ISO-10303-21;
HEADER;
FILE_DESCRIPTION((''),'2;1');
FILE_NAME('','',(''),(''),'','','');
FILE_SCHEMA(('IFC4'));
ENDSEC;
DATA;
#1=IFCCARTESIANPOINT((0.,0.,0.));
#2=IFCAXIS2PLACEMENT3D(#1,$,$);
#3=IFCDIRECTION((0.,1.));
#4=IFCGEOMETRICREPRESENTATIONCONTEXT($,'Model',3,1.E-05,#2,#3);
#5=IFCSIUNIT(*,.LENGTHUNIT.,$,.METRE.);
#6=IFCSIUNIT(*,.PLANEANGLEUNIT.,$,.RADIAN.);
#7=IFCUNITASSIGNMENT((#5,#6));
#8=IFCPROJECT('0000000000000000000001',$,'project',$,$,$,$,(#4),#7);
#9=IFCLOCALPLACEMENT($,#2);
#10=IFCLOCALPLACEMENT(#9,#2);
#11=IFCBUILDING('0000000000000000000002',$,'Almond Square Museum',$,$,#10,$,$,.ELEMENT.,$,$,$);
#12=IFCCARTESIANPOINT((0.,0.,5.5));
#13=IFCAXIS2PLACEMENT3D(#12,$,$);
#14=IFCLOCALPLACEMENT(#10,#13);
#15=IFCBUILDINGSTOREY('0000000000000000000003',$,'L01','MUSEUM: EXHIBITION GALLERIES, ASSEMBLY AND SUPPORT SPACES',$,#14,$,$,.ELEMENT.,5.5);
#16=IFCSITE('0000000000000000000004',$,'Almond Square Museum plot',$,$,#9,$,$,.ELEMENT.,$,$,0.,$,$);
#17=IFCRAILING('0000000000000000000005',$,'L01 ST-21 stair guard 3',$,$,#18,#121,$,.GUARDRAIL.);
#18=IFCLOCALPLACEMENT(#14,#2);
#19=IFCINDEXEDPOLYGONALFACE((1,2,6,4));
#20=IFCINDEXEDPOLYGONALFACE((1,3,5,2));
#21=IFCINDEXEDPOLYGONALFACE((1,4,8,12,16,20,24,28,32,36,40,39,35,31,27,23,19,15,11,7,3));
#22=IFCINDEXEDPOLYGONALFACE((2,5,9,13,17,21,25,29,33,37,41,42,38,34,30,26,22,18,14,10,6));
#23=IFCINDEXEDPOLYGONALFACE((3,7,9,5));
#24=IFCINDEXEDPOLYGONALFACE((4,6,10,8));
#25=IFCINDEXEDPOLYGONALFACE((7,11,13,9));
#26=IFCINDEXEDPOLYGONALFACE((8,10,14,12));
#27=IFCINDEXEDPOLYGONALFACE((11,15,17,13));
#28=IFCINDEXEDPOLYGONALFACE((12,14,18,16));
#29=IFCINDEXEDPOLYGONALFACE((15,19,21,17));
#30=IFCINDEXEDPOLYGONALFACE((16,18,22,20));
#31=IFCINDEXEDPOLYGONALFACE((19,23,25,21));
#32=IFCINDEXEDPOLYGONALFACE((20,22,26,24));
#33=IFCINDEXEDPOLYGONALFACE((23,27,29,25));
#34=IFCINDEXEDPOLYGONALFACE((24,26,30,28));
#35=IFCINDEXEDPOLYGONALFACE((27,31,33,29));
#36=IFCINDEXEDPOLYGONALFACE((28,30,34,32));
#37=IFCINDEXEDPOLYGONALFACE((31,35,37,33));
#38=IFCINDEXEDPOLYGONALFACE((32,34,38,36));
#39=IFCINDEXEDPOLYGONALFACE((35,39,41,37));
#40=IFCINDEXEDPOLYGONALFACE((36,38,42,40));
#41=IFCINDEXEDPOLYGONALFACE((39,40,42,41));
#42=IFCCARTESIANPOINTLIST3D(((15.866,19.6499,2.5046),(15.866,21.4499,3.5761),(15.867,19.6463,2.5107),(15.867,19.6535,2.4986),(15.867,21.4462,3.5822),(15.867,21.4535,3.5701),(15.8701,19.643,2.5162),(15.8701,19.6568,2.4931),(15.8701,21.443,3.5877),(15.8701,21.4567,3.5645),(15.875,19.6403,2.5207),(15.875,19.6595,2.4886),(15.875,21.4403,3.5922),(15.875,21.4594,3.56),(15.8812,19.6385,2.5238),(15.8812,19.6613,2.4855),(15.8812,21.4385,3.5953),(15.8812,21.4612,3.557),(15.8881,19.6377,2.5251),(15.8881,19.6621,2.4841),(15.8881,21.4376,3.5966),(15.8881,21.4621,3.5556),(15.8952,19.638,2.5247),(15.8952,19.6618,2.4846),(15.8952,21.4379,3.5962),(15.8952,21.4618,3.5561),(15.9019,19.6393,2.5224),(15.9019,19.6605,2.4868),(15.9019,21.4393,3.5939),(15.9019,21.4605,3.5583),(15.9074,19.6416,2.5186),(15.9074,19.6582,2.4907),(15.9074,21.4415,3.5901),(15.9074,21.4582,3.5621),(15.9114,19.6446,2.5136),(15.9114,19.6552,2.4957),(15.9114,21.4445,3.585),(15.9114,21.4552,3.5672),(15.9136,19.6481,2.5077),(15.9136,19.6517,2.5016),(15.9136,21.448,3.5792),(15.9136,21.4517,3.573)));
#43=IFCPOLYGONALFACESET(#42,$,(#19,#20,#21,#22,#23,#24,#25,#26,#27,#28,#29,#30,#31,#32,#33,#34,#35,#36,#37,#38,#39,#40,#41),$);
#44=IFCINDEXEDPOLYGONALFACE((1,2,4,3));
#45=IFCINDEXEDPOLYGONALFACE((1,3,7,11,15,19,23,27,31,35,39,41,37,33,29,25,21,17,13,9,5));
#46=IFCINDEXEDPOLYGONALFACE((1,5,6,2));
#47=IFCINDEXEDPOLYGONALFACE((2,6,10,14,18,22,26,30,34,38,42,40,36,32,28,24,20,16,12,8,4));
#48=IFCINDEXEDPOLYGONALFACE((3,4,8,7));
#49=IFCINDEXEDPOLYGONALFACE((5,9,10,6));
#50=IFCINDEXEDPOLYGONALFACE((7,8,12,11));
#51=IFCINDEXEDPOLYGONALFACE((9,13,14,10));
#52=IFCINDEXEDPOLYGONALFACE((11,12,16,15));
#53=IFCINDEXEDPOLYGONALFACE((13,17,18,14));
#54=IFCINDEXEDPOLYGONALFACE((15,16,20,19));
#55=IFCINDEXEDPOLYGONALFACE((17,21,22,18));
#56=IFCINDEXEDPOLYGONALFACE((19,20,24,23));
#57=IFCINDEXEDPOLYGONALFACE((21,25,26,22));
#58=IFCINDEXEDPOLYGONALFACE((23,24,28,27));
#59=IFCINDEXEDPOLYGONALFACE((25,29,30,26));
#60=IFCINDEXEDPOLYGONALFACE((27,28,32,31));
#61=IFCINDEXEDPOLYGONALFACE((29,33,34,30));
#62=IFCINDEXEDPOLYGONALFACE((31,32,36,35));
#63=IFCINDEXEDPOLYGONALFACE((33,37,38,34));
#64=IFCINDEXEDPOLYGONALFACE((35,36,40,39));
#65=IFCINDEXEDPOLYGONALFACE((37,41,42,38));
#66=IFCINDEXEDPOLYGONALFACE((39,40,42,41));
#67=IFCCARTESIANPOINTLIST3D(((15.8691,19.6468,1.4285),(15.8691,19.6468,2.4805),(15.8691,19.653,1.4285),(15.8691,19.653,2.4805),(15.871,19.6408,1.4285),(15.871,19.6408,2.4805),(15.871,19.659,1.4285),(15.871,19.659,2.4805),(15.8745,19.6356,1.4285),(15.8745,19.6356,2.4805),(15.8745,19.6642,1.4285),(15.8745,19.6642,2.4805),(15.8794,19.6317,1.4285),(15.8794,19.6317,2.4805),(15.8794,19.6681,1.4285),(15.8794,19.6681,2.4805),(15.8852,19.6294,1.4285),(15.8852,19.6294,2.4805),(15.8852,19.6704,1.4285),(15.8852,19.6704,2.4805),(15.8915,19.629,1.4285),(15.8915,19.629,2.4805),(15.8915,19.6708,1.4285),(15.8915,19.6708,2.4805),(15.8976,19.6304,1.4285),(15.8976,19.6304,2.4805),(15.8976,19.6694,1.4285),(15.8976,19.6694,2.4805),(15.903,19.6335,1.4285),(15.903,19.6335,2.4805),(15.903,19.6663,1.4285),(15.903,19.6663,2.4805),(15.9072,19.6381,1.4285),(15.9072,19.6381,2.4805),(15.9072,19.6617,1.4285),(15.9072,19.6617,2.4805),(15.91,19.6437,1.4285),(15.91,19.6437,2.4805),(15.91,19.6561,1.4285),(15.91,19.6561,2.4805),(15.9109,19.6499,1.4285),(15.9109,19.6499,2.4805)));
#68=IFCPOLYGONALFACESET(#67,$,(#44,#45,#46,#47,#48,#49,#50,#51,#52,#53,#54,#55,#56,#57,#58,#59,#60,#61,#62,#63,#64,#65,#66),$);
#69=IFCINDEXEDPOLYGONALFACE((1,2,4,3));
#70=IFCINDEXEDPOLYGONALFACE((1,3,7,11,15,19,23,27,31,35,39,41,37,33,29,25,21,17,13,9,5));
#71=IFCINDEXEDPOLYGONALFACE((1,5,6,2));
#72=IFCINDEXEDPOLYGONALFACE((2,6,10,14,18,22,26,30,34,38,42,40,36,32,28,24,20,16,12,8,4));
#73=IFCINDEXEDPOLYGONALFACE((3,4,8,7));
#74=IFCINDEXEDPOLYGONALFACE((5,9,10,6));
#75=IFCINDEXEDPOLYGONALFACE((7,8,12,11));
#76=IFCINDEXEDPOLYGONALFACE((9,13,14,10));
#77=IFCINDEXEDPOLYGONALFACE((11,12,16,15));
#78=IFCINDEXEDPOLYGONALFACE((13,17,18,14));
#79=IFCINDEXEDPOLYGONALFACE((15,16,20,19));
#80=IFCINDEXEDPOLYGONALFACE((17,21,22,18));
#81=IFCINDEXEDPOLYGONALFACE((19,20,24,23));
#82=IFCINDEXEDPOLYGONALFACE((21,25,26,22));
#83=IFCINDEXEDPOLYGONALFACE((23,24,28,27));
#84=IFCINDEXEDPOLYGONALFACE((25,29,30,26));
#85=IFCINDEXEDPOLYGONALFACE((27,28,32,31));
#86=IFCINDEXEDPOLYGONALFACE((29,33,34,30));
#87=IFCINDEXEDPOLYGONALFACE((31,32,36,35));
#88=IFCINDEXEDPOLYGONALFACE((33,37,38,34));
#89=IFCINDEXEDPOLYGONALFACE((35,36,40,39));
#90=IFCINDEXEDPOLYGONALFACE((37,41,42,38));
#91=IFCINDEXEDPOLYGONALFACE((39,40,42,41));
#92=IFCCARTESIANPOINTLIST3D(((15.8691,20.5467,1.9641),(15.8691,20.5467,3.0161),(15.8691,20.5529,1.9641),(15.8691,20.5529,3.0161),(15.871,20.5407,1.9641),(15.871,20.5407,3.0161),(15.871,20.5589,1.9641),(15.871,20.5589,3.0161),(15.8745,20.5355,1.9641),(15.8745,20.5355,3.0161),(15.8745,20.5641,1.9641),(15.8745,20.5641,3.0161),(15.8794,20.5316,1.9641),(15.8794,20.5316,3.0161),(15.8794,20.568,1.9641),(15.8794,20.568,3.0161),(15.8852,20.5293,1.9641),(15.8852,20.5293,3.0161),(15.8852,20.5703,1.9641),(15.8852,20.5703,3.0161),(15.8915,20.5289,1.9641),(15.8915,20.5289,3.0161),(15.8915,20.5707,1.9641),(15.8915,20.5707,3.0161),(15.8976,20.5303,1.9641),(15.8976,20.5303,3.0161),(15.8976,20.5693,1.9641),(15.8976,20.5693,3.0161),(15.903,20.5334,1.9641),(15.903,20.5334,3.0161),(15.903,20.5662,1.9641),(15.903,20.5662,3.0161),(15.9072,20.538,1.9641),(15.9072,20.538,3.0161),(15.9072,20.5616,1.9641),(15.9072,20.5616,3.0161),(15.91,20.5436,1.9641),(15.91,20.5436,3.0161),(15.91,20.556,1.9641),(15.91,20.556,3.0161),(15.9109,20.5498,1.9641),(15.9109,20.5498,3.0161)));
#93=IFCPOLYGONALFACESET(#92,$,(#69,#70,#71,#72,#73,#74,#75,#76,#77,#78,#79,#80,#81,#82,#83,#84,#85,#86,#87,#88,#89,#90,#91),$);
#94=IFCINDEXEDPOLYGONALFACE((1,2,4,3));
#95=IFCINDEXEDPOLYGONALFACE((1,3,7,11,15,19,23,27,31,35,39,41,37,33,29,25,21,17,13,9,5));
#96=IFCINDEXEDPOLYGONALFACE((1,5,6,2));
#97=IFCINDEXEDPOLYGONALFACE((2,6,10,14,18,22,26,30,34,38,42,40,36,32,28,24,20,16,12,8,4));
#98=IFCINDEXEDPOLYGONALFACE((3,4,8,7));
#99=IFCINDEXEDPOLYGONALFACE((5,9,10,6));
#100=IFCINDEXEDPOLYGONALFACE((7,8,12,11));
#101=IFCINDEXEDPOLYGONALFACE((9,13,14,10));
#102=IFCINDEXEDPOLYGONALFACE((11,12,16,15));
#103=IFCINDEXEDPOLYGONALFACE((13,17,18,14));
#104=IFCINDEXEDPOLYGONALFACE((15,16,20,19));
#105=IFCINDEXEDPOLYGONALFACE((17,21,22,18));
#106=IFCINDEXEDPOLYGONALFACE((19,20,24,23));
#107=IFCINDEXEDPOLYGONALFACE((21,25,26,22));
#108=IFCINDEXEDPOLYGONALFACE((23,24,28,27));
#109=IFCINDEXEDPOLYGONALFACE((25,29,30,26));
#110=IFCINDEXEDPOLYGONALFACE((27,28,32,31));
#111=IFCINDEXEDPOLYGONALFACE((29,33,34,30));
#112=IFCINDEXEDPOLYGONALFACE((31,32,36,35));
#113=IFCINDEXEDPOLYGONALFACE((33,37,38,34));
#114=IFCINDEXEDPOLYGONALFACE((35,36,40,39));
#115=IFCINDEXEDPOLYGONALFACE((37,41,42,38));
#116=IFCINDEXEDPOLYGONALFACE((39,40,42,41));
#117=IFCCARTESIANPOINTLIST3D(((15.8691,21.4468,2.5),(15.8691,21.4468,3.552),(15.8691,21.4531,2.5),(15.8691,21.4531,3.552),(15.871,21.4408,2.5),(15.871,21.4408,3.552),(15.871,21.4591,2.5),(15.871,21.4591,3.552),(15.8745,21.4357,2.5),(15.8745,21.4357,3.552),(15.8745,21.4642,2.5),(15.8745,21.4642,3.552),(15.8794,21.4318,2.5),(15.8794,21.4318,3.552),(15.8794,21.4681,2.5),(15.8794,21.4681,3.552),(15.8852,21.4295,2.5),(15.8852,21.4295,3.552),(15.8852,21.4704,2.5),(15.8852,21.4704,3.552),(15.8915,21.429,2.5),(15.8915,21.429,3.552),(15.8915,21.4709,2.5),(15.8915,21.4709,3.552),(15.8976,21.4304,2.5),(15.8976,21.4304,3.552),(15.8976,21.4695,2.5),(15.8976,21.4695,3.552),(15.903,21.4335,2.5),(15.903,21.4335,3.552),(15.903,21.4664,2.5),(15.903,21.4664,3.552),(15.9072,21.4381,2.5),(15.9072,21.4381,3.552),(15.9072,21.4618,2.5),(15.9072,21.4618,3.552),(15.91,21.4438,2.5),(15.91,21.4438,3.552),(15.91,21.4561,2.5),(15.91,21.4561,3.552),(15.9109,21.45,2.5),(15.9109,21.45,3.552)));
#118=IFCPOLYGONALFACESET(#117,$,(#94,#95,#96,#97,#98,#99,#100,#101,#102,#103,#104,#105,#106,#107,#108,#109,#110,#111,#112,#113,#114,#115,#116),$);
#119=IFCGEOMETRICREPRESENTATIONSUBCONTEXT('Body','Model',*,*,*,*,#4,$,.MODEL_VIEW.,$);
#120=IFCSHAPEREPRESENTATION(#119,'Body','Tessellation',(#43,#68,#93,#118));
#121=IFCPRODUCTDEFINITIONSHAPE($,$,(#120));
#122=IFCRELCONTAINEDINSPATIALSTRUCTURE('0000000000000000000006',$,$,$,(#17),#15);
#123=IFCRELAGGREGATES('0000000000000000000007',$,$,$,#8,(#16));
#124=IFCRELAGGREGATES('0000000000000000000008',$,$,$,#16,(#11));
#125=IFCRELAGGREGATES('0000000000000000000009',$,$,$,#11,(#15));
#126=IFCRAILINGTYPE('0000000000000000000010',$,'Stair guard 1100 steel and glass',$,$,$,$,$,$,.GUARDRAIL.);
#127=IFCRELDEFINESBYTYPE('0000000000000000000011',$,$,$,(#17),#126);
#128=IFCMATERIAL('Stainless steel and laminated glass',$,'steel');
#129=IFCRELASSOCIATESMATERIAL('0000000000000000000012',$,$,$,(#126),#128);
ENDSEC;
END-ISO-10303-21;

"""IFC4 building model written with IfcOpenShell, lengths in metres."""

from ifc_helpers import new_model, si_unit, direction, frame, origin, origin_2d, place, context, subcontext, project, spatial, circle, extrude, material, type_object, element, save


model = new_model("IFC4")

# Units and contexts
model_context = context("Model", 3, precision=1e-05, world=origin(), true_north=direction((0.0, 1.0)))
body_context = subcontext(model_context, "Body", "Model", "MODEL_VIEW")
ifc_project = project(units=[si_unit("LENGTHUNIT", "METRE"), si_unit("PLANEANGLEUNIT", "RADIAN")], contexts=[model_context])

# Site, building, storey
site_placement = place(None, origin())
site = spatial("IfcSite", under=ifc_project, at=site_placement, Name="Almond Square Museum plot", CompositionType="ELEMENT", RefElevation=0.0)
building_placement = place(site_placement, origin())
building = spatial("IfcBuilding", under=site, at=building_placement, Name="Almond Square Museum", CompositionType="ELEMENT")
storey_placement = place(building_placement, frame((0.0, 0.0, 5.5)))
storey = spatial("IfcBuildingStorey", under=building, at=storey_placement, Name="L01", Description="MUSEUM: EXHIBITION GALLERIES, ASSEMBLY AND SUPPORT SPACES", CompositionType="ELEMENT", Elevation=5.5)

# Railing
ifc_material_1 = material(Name="Stainless steel and laminated glass", Category="steel")
railing_type_1 = type_object("IfcRailingType", Name="Stair guard 1100 steel and glass", PredefinedType="GUARDRAIL", material=ifc_material_1)
railing_1_placement = place(storey_placement, frame((15.8899, 19.6499, 1.4285)))
element("IfcRailing", 1, at=railing_1_placement, inside=storey, type_object=railing_type_1, Name="L01 ST-21 stair guard 3", PredefinedType="GUARDRAIL", context=body_context, shape_type="SweptSolid", body=[
    extrude(circle(Radius=0.0239, at=origin_2d()), frame((0.0, 0.0, 1.0762), z_axis=(0.0, 0.859277, 0.51151), x_axis=(-1.0, 0.0, 0.0)), (0.0, 0.0, 1.0), 2.0947),
    extrude(circle(Radius=0.021, at=origin_2d()), origin(), (0.0, 0.0, 1.0), 1.052),
    extrude(circle(Radius=0.021, at=origin_2d()), frame((0.0, 0.8999, 0.5356)), (0.0, 0.0, 1.0), 1.052),
    extrude(circle(Radius=0.021, at=origin_2d()), frame((0.0, 1.8, 1.0715)), (0.0, 0.0, 1.0), 1.052),
])

save(model, "model.ifc")
